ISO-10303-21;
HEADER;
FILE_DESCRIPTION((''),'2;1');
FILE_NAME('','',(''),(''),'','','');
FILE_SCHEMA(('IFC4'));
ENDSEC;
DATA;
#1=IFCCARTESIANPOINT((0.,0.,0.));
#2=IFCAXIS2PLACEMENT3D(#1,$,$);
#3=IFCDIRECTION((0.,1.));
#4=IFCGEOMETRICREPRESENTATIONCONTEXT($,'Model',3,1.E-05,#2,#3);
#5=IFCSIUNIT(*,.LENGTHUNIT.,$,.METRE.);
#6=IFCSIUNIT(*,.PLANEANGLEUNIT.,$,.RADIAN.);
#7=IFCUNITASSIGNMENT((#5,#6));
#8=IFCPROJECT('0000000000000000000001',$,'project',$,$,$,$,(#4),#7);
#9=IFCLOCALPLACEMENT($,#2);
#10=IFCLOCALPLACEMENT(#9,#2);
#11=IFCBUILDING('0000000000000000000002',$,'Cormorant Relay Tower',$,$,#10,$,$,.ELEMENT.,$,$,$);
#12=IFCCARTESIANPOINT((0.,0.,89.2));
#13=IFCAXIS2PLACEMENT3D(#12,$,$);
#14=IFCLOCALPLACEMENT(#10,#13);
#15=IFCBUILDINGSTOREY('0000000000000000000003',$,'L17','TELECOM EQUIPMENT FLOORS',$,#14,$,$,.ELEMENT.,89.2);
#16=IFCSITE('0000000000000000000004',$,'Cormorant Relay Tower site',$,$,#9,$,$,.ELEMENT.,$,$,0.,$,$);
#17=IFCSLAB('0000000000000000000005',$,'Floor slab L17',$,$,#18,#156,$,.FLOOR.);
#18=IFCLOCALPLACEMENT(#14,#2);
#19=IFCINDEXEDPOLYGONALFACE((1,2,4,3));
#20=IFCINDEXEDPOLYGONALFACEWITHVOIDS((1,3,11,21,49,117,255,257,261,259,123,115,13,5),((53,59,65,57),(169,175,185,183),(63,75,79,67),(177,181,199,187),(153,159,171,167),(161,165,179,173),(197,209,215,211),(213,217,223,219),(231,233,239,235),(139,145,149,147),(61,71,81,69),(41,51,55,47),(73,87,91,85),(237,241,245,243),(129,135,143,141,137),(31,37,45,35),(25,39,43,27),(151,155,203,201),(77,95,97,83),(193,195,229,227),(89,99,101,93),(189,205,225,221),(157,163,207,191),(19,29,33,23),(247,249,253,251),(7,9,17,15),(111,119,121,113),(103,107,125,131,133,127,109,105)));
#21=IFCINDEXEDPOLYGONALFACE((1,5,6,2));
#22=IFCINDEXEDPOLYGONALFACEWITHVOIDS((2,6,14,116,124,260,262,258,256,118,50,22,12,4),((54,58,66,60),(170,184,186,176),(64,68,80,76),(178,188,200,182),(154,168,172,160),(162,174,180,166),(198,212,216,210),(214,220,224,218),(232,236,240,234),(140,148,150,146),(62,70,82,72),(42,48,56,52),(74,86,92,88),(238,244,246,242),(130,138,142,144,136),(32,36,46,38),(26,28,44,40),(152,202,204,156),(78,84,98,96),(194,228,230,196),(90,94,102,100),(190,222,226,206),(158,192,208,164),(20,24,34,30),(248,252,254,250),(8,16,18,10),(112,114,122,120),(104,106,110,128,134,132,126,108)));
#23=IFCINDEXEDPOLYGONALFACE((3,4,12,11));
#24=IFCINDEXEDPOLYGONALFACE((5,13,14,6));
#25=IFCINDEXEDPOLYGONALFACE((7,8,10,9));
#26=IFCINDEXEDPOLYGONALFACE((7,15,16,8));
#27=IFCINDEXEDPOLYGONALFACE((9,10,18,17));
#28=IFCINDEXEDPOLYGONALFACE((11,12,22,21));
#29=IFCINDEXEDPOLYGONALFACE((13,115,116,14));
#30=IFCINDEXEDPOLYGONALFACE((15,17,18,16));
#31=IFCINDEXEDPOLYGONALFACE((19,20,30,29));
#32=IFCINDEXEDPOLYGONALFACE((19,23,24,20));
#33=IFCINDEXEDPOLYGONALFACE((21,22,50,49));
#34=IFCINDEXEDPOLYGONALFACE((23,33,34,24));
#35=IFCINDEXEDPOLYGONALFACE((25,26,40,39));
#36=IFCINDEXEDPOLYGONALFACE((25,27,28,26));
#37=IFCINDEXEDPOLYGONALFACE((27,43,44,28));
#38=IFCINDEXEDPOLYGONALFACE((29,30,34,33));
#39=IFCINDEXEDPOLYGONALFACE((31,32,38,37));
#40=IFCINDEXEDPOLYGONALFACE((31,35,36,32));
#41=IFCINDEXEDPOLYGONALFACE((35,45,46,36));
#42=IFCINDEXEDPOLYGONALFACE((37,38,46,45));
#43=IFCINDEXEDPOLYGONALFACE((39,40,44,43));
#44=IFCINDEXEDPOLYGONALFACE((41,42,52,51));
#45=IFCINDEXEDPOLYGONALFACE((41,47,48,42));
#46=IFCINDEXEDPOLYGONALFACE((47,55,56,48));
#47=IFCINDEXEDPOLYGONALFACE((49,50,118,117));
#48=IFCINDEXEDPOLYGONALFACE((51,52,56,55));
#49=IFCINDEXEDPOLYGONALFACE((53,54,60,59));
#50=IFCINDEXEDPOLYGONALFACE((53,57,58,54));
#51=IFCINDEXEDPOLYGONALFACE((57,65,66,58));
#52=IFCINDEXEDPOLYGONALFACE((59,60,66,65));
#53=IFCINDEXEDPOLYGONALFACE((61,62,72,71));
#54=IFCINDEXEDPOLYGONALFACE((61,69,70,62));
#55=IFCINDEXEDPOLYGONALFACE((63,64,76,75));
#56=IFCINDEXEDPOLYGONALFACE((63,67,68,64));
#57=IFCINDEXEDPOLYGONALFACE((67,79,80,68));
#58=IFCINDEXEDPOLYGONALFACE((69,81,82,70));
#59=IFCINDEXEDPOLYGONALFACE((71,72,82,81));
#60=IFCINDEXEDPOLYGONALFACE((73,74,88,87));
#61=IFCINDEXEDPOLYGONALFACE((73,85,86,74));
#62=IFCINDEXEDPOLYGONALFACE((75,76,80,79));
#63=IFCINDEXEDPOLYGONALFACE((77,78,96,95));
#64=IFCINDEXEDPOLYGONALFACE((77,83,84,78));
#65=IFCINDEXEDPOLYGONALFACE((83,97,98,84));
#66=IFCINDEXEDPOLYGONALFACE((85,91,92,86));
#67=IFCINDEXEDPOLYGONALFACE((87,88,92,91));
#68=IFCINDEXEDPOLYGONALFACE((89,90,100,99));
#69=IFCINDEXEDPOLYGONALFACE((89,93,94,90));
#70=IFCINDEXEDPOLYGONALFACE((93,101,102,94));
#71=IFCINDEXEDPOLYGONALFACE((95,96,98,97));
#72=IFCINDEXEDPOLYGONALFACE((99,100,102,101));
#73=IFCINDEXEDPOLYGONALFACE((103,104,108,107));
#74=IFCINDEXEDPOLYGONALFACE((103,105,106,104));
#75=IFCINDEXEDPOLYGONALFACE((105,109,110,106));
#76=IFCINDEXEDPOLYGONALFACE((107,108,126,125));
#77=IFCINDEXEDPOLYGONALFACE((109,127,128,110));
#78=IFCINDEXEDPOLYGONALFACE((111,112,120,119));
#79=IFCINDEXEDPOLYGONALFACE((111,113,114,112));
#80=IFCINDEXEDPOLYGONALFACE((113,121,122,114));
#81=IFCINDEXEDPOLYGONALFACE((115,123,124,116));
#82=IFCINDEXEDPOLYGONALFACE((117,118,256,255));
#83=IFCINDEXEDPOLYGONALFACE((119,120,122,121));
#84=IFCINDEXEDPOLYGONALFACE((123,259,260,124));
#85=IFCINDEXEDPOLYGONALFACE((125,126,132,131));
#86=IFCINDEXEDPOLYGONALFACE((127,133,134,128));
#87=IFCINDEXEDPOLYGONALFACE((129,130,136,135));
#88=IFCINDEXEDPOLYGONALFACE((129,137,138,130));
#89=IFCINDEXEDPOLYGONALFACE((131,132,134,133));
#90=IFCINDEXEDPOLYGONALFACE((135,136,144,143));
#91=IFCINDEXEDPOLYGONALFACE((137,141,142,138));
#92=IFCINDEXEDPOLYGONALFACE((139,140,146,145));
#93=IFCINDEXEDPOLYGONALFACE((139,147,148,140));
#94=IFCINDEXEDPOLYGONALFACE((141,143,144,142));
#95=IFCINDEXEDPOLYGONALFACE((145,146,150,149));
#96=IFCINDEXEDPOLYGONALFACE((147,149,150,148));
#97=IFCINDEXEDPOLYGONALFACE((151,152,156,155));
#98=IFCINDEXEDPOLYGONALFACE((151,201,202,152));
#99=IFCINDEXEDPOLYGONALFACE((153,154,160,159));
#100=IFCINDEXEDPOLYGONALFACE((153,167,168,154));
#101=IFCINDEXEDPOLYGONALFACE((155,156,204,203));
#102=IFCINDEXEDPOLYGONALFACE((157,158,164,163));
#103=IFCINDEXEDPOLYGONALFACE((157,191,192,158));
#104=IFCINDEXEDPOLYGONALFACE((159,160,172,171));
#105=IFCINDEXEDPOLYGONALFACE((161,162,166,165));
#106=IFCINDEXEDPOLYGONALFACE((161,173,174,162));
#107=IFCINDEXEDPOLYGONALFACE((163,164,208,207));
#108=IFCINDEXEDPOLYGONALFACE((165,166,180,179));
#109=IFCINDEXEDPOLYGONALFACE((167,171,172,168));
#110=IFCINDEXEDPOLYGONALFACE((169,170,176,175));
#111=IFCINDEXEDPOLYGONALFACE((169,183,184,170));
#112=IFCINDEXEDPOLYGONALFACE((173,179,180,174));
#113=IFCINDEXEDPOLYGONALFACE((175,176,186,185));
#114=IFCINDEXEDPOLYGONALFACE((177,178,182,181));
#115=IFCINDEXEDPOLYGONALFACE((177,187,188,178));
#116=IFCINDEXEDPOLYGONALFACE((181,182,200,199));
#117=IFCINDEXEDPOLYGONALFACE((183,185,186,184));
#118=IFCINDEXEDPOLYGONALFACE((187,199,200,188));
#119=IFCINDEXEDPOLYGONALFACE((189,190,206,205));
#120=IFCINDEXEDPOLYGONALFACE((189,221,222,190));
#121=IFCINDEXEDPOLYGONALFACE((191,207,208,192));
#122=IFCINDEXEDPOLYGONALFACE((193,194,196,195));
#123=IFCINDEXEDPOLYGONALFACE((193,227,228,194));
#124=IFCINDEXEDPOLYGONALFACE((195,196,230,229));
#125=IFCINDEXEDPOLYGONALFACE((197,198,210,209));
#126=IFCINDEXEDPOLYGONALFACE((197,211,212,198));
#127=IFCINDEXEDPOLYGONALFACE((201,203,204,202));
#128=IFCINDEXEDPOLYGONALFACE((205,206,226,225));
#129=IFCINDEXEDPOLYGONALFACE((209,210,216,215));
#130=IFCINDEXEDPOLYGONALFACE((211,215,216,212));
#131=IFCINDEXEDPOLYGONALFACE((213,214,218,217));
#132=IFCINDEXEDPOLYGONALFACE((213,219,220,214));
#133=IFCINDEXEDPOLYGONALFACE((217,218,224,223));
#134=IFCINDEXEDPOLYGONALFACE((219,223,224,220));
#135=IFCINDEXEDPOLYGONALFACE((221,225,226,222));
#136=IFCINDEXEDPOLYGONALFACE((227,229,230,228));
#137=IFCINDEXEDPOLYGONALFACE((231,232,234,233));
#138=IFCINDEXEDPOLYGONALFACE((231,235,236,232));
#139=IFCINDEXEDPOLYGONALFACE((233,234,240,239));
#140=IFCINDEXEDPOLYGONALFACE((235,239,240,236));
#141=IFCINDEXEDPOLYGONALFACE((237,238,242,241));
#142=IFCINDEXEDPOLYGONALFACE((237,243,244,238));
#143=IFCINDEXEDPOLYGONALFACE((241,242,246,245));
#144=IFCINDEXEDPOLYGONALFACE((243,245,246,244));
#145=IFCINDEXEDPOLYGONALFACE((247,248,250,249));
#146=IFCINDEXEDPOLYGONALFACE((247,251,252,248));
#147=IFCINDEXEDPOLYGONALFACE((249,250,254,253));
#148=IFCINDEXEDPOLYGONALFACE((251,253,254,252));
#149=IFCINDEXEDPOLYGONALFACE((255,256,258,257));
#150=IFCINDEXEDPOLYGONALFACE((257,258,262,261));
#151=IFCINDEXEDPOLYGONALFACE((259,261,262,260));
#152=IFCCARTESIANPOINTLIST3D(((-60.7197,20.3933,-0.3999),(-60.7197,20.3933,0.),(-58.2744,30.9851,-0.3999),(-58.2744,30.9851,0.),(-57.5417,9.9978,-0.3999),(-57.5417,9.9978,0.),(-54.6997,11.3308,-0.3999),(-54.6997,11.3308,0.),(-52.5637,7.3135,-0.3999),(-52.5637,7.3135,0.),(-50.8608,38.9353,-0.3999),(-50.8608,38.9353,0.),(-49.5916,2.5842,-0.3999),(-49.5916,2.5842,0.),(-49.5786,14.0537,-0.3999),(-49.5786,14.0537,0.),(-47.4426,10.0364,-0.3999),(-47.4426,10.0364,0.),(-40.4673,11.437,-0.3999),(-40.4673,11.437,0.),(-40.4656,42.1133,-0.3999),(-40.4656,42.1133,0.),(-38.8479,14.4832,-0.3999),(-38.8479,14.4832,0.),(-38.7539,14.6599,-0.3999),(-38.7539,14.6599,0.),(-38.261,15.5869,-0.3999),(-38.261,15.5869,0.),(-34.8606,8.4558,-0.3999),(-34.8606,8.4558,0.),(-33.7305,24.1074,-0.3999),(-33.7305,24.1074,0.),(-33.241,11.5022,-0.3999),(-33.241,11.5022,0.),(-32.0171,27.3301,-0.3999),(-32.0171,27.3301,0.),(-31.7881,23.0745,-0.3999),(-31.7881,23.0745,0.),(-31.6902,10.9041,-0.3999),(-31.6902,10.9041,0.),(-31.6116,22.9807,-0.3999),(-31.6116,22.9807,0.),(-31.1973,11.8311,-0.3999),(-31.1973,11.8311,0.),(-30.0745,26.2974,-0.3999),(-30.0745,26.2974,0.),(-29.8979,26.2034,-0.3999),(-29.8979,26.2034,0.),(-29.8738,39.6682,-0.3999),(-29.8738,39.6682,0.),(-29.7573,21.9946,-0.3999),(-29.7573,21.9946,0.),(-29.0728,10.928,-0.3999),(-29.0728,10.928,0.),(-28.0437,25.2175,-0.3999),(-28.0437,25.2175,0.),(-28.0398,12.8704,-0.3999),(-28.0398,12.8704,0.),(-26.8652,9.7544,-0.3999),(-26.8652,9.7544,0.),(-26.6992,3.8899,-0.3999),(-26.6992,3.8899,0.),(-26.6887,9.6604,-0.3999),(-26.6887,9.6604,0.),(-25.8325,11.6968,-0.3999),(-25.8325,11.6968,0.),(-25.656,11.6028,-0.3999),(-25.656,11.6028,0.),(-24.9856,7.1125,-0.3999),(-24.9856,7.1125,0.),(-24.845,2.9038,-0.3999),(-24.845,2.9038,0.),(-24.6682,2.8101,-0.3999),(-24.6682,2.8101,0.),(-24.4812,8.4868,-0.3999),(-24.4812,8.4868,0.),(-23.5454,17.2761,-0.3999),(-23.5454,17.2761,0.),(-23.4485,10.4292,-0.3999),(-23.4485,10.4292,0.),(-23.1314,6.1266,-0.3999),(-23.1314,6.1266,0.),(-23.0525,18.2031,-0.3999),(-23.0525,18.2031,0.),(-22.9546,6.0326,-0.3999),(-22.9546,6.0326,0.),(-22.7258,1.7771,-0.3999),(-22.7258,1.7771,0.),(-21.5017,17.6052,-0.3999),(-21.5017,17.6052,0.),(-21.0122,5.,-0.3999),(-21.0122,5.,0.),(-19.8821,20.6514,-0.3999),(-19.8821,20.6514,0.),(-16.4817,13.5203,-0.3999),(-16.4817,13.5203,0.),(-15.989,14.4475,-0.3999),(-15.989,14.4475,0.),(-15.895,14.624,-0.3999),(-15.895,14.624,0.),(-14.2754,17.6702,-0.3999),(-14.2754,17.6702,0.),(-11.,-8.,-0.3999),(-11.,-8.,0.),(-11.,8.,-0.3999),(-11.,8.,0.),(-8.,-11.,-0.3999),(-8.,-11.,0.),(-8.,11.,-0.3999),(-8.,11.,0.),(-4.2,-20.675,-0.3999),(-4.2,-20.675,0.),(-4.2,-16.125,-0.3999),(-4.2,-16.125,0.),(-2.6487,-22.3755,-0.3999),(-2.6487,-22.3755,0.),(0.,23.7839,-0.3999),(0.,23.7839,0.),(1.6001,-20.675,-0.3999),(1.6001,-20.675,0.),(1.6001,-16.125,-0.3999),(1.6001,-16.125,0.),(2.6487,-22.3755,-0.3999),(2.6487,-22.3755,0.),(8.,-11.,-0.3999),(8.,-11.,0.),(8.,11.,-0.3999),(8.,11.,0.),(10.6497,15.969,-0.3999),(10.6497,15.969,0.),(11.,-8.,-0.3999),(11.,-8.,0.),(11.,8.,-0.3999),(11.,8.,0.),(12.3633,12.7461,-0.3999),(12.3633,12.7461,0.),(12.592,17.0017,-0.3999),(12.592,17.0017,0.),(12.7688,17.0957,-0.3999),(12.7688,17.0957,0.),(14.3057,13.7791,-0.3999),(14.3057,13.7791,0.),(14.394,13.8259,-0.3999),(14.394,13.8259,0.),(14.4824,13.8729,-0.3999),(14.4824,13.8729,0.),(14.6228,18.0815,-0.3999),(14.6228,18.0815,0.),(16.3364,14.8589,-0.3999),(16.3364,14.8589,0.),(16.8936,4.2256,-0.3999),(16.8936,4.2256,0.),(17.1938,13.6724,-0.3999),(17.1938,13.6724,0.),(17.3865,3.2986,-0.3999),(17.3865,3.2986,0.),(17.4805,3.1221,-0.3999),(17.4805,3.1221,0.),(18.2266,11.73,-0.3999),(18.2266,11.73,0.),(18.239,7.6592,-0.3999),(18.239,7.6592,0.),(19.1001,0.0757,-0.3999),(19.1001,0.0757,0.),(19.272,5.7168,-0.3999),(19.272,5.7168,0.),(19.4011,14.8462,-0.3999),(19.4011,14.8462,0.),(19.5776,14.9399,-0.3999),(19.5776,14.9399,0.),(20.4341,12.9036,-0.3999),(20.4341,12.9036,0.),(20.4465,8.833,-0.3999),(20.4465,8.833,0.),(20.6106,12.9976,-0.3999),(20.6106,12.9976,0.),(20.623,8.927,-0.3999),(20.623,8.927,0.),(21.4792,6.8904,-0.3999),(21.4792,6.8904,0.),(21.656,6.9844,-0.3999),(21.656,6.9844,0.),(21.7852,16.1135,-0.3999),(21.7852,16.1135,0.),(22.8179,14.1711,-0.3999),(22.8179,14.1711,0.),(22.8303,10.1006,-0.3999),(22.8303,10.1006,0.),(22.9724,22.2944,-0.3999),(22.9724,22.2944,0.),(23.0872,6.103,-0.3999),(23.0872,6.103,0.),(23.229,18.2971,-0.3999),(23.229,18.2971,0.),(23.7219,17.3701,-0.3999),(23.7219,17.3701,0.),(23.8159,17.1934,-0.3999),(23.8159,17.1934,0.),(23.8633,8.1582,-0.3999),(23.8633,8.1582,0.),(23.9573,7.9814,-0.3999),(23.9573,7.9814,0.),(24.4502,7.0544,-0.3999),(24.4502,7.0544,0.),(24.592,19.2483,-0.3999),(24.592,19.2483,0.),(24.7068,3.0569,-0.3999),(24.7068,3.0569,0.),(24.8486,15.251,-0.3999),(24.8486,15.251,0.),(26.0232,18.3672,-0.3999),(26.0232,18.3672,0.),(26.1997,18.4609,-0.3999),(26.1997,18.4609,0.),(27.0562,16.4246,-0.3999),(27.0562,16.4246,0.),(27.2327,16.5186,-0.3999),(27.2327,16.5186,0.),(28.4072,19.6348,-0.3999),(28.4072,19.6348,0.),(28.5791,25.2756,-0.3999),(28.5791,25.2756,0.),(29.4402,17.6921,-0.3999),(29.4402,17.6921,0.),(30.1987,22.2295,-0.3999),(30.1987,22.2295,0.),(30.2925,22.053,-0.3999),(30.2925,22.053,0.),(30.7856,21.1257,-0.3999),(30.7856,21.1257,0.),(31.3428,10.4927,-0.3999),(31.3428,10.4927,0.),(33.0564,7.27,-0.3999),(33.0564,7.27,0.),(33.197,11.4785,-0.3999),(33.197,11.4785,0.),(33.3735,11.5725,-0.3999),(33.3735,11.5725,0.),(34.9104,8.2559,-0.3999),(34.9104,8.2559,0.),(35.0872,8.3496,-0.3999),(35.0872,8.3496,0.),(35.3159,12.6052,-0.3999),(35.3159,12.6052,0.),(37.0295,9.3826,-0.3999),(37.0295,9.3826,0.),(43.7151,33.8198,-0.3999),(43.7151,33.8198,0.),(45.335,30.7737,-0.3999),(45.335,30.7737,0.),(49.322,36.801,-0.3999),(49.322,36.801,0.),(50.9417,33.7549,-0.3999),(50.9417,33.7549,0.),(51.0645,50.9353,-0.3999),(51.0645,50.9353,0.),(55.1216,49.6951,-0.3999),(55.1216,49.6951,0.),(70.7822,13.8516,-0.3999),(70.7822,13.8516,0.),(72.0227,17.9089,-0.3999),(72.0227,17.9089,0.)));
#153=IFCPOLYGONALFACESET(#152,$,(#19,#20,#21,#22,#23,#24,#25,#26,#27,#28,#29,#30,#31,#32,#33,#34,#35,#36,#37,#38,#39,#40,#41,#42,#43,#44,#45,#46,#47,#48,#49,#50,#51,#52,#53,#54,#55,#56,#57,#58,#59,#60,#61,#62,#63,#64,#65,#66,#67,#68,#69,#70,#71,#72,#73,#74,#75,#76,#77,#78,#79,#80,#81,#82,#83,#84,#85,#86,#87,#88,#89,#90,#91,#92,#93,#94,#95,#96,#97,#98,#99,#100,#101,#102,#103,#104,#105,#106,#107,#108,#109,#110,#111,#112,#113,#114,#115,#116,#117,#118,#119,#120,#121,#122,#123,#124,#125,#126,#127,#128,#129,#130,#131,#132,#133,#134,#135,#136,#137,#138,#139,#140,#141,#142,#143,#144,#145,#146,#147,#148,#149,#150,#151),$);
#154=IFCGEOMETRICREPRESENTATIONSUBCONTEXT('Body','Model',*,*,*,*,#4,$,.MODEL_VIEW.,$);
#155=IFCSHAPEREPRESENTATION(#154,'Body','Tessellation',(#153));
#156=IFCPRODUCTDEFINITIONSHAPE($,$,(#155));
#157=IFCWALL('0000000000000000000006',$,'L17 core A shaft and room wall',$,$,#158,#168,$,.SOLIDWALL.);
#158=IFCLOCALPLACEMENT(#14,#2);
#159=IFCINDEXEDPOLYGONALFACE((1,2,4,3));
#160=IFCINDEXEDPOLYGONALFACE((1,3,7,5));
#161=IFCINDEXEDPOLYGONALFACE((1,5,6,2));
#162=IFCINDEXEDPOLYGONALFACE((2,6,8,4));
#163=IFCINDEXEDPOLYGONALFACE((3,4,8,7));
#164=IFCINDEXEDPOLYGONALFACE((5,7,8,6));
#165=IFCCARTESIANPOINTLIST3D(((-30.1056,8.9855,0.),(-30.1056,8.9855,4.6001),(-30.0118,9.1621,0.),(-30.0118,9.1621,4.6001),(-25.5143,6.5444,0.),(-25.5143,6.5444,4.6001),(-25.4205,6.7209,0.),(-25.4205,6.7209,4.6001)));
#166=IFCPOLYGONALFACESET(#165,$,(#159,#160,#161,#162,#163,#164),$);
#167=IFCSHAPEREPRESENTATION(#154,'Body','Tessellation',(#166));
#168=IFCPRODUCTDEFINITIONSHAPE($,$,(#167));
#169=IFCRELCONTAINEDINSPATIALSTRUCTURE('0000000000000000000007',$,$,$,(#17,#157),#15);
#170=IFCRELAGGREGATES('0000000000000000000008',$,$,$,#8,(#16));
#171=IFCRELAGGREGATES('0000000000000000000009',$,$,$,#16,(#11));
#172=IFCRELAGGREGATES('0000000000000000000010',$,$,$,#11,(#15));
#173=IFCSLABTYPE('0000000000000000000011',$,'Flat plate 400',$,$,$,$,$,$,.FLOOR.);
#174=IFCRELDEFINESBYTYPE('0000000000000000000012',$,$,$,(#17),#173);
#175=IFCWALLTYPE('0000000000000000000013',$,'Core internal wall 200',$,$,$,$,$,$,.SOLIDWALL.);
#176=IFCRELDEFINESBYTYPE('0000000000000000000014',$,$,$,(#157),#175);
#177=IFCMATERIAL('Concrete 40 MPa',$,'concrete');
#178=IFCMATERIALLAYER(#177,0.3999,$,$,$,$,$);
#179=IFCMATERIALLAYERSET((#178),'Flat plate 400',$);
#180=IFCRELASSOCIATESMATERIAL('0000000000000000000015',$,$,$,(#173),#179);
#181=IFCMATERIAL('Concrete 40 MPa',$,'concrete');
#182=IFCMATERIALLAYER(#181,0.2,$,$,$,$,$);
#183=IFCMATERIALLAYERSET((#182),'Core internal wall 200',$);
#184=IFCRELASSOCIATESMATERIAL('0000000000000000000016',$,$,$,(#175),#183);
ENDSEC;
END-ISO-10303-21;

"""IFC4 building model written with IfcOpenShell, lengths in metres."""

from ifc_helpers import new_model, si_unit, direction, frame, frame_2d, origin, place, context, subcontext, project, spatial, polyline, rectangle, outline, extrude, material, layer, layer_set, type_object, element, save


model = new_model("IFC4")

# Units and contexts
model_context = context("Model", 3, precision=1e-05, world=origin(), true_north=direction((0.0, 1.0)))
body_context = subcontext(model_context, "Body", "Model", "MODEL_VIEW")
ifc_project = project(units=[si_unit("LENGTHUNIT", "METRE"), si_unit("PLANEANGLEUNIT", "RADIAN")], contexts=[model_context])

# Site, building, storey
site_placement = place(None, origin())
site = spatial("IfcSite", under=ifc_project, at=site_placement, Name="Cormorant Relay Tower site", CompositionType="ELEMENT", RefElevation=0.0)
building_placement = place(site_placement, origin())
building = spatial("IfcBuilding", under=site, at=building_placement, Name="Cormorant Relay Tower", CompositionType="ELEMENT")
storey_placement = place(building_placement, frame((0.0, 0.0, 89.2)))
storey = spatial("IfcBuildingStorey", under=building, at=storey_placement, Name="L17", Description="TELECOM EQUIPMENT FLOORS", CompositionType="ELEMENT", Elevation=89.2)

# Slab
ifc_material_1 = material(Name="Concrete 40 MPa", Category="concrete")
ifc_layer_1 = layer(ifc_material_1, 0.3999)
ifc_layer_set_1 = layer_set([ifc_layer_1], Name="Flat plate 400")
slab_type_1 = type_object("IfcSlabType", Name="Flat plate 400", PredefinedType="FLOOR", material=ifc_layer_set_1)
slab_1_placement = place(storey_placement, frame((0.0, 0.0, -0.3999)))
element("IfcSlab", 1, at=slab_1_placement, inside=storey, type_object=slab_type_1, Name="Floor slab L17", PredefinedType="FLOOR", context=body_context, shape_type="SweptSolid", body=[
    extrude(outline(polyline([(-60.7197, 20.3933), (-58.2744, 30.9851), (-50.8608, 38.9353), (-40.4656, 42.1133), (-29.8738, 39.6682), (0.0, 23.7839), (51.0645, 50.9353), (55.1216, 49.6951), (72.0227, 17.9089), (70.7822, 13.8516), (2.6487, -22.3755), (-2.6487, -22.3755), (-49.5916, 2.5842), (-57.5417, 9.9978), (-60.7197, 20.3933)]), holes=[polyline([(11.0, -8.0), (11.0, 8.0), (8.0, 11.0), (-8.0, 11.0), (-11.0, 8.0), (-11.0, -8.0), (-8.0, -11.0), (8.0, -11.0), (11.0, -8.0)]), polyline([(-4.2, -16.125), (-4.2, -20.675), (1.6001, -20.675), (1.6001, -16.125), (-4.2, -16.125)]), polyline([(-22.9546, 6.0327), (-24.6682, 2.8101), (-22.7258, 1.7771), (-21.0122, 5.0), (-23.043, 6.0796), (-22.9546, 6.0327)]), polyline([(-24.9856, 7.1125), (-26.6992, 3.8899), (-24.845, 2.9038), (-23.1313, 6.1267), (-23.043, 6.0796), (-24.9856, 7.1125)]), polyline([(-26.6887, 9.6604), (-24.4812, 8.4868), (-23.4485, 10.4292), (-25.656, 11.6028), (-26.6887, 9.6604)]), polyline([(-49.5786, 14.0537), (-54.6997, 11.3308), (-52.5637, 7.3135), (-47.4426, 10.0364), (-49.5786, 14.0537)]), polyline([(-29.0728, 10.928), (-26.8652, 9.7544), (-25.8325, 11.6968), (-28.0398, 12.8704), (-29.0728, 10.928)]), polyline([(-38.8479, 14.4832), (-40.4673, 11.437), (-34.8606, 8.4558), (-33.241, 11.5022), (-38.8479, 14.4832)]), polyline([(-38.261, 15.5869), (-38.7539, 14.6599), (-31.6902, 10.9041), (-31.1973, 11.8311), (-38.261, 15.5869)]), polyline([(14.3057, 13.7791), (12.592, 17.0017), (10.6497, 15.969), (12.3633, 12.7461), (14.394, 13.8259), (14.3057, 13.7791)]), polyline([(16.3364, 14.8589), (14.6228, 18.0815), (12.7688, 17.0957), (14.4824, 13.8728), (14.394, 13.8259), (16.3364, 14.8589)]), polyline([(-16.4817, 13.5203), (-15.989, 14.4475), (-23.0525, 18.2031), (-23.5454, 17.2761), (-16.4817, 13.5203)]), polyline([(-21.5017, 17.6052), (-15.895, 14.624), (-14.2754, 17.6702), (-19.8821, 20.6514), (-21.5017, 17.6052)]), polyline([(-31.6116, 22.9807), (-29.7573, 21.9946), (-28.0437, 25.2175), (-29.8979, 26.2034), (-31.6116, 22.9807)]), polyline([(-33.7305, 24.1074), (-31.7881, 23.0745), (-30.0745, 26.2974), (-32.0171, 27.3301), (-33.7305, 24.1074)]), polyline([(23.0872, 6.103), (17.4805, 3.1221), (19.1001, 0.0757), (24.7068, 3.0569), (23.0872, 6.103)]), polyline([(16.8936, 4.2256), (17.3865, 3.2986), (24.4502, 7.0544), (23.9573, 7.9814), (16.8936, 4.2256)]), polyline([(20.4465, 8.833), (18.239, 7.6592), (19.272, 5.7168), (21.4792, 6.8904), (20.4465, 8.833)]), polyline([(22.8303, 10.1006), (20.623, 8.927), (21.656, 6.9844), (23.8633, 8.1582), (22.8303, 10.1006)]), polyline([(33.197, 11.4785), (31.3428, 10.4927), (33.0564, 7.27), (34.9104, 8.2559), (33.197, 11.4785)]), polyline([(33.3735, 11.5725), (35.0872, 8.3496), (37.0295, 9.3826), (35.3159, 12.6052), (33.3735, 11.5725)]), polyline([(17.1938, 13.6724), (18.2266, 11.73), (20.4341, 12.9036), (19.4011, 14.8462), (17.1938, 13.6724)]), polyline([(21.7852, 16.1135), (19.5776, 14.9399), (20.6106, 12.9976), (22.8179, 14.1711), (21.7852, 16.1135)]), polyline([(26.0232, 18.3672), (23.8159, 17.1934), (24.8486, 15.251), (27.0562, 16.4246), (26.0232, 18.3672)]), polyline([(29.4402, 17.6921), (28.4072, 19.6348), (26.1997, 18.4609), (27.2327, 16.5186), (29.4402, 17.6921)]), polyline([(30.7856, 21.1257), (30.2925, 22.053), (23.229, 18.2971), (23.7219, 17.3701), (30.7856, 21.1257)]), polyline([(24.592, 19.2483), (30.1987, 22.2295), (28.5791, 25.2756), (22.9724, 22.2944), (24.592, 19.2483)]), polyline([(45.335, 30.7737), (50.9417, 33.7549), (49.322, 36.801), (43.7151, 33.8198), (45.335, 30.7737)])]), origin(), (0.0, 0.0, 1.0), 0.3999),
])

# Wall
ifc_material_2 = material(Name="Concrete 40 MPa", Category="concrete")
ifc_layer_2 = layer(ifc_material_2, 0.2)
ifc_layer_set_2 = layer_set([ifc_layer_2], Name="Core internal wall 200")
wall_type_1 = type_object("IfcWallType", Name="Core internal wall 200", PredefinedType="SOLIDWALL", material=ifc_layer_set_2)
wall_1_placement = place(storey_placement, frame((-25.4673, 6.6326, 0.0), z_axis=(0.0, 0.0, 1.0), x_axis=(-0.882954, 0.46946, 0.0)))
element("IfcWall", 2, at=wall_1_placement, inside=storey, type_object=wall_type_1, Name="L17 core A shaft and room wall", PredefinedType="SOLIDWALL", context=body_context, shape_type="SweptSolid", body=[
    extrude(rectangle(XDim=5.2, YDim=0.2, at=frame_2d((2.6001, 0.0))), origin(), (0.0, 0.0, 1.0), 4.6001),
])

save(model, "model.ifc")
